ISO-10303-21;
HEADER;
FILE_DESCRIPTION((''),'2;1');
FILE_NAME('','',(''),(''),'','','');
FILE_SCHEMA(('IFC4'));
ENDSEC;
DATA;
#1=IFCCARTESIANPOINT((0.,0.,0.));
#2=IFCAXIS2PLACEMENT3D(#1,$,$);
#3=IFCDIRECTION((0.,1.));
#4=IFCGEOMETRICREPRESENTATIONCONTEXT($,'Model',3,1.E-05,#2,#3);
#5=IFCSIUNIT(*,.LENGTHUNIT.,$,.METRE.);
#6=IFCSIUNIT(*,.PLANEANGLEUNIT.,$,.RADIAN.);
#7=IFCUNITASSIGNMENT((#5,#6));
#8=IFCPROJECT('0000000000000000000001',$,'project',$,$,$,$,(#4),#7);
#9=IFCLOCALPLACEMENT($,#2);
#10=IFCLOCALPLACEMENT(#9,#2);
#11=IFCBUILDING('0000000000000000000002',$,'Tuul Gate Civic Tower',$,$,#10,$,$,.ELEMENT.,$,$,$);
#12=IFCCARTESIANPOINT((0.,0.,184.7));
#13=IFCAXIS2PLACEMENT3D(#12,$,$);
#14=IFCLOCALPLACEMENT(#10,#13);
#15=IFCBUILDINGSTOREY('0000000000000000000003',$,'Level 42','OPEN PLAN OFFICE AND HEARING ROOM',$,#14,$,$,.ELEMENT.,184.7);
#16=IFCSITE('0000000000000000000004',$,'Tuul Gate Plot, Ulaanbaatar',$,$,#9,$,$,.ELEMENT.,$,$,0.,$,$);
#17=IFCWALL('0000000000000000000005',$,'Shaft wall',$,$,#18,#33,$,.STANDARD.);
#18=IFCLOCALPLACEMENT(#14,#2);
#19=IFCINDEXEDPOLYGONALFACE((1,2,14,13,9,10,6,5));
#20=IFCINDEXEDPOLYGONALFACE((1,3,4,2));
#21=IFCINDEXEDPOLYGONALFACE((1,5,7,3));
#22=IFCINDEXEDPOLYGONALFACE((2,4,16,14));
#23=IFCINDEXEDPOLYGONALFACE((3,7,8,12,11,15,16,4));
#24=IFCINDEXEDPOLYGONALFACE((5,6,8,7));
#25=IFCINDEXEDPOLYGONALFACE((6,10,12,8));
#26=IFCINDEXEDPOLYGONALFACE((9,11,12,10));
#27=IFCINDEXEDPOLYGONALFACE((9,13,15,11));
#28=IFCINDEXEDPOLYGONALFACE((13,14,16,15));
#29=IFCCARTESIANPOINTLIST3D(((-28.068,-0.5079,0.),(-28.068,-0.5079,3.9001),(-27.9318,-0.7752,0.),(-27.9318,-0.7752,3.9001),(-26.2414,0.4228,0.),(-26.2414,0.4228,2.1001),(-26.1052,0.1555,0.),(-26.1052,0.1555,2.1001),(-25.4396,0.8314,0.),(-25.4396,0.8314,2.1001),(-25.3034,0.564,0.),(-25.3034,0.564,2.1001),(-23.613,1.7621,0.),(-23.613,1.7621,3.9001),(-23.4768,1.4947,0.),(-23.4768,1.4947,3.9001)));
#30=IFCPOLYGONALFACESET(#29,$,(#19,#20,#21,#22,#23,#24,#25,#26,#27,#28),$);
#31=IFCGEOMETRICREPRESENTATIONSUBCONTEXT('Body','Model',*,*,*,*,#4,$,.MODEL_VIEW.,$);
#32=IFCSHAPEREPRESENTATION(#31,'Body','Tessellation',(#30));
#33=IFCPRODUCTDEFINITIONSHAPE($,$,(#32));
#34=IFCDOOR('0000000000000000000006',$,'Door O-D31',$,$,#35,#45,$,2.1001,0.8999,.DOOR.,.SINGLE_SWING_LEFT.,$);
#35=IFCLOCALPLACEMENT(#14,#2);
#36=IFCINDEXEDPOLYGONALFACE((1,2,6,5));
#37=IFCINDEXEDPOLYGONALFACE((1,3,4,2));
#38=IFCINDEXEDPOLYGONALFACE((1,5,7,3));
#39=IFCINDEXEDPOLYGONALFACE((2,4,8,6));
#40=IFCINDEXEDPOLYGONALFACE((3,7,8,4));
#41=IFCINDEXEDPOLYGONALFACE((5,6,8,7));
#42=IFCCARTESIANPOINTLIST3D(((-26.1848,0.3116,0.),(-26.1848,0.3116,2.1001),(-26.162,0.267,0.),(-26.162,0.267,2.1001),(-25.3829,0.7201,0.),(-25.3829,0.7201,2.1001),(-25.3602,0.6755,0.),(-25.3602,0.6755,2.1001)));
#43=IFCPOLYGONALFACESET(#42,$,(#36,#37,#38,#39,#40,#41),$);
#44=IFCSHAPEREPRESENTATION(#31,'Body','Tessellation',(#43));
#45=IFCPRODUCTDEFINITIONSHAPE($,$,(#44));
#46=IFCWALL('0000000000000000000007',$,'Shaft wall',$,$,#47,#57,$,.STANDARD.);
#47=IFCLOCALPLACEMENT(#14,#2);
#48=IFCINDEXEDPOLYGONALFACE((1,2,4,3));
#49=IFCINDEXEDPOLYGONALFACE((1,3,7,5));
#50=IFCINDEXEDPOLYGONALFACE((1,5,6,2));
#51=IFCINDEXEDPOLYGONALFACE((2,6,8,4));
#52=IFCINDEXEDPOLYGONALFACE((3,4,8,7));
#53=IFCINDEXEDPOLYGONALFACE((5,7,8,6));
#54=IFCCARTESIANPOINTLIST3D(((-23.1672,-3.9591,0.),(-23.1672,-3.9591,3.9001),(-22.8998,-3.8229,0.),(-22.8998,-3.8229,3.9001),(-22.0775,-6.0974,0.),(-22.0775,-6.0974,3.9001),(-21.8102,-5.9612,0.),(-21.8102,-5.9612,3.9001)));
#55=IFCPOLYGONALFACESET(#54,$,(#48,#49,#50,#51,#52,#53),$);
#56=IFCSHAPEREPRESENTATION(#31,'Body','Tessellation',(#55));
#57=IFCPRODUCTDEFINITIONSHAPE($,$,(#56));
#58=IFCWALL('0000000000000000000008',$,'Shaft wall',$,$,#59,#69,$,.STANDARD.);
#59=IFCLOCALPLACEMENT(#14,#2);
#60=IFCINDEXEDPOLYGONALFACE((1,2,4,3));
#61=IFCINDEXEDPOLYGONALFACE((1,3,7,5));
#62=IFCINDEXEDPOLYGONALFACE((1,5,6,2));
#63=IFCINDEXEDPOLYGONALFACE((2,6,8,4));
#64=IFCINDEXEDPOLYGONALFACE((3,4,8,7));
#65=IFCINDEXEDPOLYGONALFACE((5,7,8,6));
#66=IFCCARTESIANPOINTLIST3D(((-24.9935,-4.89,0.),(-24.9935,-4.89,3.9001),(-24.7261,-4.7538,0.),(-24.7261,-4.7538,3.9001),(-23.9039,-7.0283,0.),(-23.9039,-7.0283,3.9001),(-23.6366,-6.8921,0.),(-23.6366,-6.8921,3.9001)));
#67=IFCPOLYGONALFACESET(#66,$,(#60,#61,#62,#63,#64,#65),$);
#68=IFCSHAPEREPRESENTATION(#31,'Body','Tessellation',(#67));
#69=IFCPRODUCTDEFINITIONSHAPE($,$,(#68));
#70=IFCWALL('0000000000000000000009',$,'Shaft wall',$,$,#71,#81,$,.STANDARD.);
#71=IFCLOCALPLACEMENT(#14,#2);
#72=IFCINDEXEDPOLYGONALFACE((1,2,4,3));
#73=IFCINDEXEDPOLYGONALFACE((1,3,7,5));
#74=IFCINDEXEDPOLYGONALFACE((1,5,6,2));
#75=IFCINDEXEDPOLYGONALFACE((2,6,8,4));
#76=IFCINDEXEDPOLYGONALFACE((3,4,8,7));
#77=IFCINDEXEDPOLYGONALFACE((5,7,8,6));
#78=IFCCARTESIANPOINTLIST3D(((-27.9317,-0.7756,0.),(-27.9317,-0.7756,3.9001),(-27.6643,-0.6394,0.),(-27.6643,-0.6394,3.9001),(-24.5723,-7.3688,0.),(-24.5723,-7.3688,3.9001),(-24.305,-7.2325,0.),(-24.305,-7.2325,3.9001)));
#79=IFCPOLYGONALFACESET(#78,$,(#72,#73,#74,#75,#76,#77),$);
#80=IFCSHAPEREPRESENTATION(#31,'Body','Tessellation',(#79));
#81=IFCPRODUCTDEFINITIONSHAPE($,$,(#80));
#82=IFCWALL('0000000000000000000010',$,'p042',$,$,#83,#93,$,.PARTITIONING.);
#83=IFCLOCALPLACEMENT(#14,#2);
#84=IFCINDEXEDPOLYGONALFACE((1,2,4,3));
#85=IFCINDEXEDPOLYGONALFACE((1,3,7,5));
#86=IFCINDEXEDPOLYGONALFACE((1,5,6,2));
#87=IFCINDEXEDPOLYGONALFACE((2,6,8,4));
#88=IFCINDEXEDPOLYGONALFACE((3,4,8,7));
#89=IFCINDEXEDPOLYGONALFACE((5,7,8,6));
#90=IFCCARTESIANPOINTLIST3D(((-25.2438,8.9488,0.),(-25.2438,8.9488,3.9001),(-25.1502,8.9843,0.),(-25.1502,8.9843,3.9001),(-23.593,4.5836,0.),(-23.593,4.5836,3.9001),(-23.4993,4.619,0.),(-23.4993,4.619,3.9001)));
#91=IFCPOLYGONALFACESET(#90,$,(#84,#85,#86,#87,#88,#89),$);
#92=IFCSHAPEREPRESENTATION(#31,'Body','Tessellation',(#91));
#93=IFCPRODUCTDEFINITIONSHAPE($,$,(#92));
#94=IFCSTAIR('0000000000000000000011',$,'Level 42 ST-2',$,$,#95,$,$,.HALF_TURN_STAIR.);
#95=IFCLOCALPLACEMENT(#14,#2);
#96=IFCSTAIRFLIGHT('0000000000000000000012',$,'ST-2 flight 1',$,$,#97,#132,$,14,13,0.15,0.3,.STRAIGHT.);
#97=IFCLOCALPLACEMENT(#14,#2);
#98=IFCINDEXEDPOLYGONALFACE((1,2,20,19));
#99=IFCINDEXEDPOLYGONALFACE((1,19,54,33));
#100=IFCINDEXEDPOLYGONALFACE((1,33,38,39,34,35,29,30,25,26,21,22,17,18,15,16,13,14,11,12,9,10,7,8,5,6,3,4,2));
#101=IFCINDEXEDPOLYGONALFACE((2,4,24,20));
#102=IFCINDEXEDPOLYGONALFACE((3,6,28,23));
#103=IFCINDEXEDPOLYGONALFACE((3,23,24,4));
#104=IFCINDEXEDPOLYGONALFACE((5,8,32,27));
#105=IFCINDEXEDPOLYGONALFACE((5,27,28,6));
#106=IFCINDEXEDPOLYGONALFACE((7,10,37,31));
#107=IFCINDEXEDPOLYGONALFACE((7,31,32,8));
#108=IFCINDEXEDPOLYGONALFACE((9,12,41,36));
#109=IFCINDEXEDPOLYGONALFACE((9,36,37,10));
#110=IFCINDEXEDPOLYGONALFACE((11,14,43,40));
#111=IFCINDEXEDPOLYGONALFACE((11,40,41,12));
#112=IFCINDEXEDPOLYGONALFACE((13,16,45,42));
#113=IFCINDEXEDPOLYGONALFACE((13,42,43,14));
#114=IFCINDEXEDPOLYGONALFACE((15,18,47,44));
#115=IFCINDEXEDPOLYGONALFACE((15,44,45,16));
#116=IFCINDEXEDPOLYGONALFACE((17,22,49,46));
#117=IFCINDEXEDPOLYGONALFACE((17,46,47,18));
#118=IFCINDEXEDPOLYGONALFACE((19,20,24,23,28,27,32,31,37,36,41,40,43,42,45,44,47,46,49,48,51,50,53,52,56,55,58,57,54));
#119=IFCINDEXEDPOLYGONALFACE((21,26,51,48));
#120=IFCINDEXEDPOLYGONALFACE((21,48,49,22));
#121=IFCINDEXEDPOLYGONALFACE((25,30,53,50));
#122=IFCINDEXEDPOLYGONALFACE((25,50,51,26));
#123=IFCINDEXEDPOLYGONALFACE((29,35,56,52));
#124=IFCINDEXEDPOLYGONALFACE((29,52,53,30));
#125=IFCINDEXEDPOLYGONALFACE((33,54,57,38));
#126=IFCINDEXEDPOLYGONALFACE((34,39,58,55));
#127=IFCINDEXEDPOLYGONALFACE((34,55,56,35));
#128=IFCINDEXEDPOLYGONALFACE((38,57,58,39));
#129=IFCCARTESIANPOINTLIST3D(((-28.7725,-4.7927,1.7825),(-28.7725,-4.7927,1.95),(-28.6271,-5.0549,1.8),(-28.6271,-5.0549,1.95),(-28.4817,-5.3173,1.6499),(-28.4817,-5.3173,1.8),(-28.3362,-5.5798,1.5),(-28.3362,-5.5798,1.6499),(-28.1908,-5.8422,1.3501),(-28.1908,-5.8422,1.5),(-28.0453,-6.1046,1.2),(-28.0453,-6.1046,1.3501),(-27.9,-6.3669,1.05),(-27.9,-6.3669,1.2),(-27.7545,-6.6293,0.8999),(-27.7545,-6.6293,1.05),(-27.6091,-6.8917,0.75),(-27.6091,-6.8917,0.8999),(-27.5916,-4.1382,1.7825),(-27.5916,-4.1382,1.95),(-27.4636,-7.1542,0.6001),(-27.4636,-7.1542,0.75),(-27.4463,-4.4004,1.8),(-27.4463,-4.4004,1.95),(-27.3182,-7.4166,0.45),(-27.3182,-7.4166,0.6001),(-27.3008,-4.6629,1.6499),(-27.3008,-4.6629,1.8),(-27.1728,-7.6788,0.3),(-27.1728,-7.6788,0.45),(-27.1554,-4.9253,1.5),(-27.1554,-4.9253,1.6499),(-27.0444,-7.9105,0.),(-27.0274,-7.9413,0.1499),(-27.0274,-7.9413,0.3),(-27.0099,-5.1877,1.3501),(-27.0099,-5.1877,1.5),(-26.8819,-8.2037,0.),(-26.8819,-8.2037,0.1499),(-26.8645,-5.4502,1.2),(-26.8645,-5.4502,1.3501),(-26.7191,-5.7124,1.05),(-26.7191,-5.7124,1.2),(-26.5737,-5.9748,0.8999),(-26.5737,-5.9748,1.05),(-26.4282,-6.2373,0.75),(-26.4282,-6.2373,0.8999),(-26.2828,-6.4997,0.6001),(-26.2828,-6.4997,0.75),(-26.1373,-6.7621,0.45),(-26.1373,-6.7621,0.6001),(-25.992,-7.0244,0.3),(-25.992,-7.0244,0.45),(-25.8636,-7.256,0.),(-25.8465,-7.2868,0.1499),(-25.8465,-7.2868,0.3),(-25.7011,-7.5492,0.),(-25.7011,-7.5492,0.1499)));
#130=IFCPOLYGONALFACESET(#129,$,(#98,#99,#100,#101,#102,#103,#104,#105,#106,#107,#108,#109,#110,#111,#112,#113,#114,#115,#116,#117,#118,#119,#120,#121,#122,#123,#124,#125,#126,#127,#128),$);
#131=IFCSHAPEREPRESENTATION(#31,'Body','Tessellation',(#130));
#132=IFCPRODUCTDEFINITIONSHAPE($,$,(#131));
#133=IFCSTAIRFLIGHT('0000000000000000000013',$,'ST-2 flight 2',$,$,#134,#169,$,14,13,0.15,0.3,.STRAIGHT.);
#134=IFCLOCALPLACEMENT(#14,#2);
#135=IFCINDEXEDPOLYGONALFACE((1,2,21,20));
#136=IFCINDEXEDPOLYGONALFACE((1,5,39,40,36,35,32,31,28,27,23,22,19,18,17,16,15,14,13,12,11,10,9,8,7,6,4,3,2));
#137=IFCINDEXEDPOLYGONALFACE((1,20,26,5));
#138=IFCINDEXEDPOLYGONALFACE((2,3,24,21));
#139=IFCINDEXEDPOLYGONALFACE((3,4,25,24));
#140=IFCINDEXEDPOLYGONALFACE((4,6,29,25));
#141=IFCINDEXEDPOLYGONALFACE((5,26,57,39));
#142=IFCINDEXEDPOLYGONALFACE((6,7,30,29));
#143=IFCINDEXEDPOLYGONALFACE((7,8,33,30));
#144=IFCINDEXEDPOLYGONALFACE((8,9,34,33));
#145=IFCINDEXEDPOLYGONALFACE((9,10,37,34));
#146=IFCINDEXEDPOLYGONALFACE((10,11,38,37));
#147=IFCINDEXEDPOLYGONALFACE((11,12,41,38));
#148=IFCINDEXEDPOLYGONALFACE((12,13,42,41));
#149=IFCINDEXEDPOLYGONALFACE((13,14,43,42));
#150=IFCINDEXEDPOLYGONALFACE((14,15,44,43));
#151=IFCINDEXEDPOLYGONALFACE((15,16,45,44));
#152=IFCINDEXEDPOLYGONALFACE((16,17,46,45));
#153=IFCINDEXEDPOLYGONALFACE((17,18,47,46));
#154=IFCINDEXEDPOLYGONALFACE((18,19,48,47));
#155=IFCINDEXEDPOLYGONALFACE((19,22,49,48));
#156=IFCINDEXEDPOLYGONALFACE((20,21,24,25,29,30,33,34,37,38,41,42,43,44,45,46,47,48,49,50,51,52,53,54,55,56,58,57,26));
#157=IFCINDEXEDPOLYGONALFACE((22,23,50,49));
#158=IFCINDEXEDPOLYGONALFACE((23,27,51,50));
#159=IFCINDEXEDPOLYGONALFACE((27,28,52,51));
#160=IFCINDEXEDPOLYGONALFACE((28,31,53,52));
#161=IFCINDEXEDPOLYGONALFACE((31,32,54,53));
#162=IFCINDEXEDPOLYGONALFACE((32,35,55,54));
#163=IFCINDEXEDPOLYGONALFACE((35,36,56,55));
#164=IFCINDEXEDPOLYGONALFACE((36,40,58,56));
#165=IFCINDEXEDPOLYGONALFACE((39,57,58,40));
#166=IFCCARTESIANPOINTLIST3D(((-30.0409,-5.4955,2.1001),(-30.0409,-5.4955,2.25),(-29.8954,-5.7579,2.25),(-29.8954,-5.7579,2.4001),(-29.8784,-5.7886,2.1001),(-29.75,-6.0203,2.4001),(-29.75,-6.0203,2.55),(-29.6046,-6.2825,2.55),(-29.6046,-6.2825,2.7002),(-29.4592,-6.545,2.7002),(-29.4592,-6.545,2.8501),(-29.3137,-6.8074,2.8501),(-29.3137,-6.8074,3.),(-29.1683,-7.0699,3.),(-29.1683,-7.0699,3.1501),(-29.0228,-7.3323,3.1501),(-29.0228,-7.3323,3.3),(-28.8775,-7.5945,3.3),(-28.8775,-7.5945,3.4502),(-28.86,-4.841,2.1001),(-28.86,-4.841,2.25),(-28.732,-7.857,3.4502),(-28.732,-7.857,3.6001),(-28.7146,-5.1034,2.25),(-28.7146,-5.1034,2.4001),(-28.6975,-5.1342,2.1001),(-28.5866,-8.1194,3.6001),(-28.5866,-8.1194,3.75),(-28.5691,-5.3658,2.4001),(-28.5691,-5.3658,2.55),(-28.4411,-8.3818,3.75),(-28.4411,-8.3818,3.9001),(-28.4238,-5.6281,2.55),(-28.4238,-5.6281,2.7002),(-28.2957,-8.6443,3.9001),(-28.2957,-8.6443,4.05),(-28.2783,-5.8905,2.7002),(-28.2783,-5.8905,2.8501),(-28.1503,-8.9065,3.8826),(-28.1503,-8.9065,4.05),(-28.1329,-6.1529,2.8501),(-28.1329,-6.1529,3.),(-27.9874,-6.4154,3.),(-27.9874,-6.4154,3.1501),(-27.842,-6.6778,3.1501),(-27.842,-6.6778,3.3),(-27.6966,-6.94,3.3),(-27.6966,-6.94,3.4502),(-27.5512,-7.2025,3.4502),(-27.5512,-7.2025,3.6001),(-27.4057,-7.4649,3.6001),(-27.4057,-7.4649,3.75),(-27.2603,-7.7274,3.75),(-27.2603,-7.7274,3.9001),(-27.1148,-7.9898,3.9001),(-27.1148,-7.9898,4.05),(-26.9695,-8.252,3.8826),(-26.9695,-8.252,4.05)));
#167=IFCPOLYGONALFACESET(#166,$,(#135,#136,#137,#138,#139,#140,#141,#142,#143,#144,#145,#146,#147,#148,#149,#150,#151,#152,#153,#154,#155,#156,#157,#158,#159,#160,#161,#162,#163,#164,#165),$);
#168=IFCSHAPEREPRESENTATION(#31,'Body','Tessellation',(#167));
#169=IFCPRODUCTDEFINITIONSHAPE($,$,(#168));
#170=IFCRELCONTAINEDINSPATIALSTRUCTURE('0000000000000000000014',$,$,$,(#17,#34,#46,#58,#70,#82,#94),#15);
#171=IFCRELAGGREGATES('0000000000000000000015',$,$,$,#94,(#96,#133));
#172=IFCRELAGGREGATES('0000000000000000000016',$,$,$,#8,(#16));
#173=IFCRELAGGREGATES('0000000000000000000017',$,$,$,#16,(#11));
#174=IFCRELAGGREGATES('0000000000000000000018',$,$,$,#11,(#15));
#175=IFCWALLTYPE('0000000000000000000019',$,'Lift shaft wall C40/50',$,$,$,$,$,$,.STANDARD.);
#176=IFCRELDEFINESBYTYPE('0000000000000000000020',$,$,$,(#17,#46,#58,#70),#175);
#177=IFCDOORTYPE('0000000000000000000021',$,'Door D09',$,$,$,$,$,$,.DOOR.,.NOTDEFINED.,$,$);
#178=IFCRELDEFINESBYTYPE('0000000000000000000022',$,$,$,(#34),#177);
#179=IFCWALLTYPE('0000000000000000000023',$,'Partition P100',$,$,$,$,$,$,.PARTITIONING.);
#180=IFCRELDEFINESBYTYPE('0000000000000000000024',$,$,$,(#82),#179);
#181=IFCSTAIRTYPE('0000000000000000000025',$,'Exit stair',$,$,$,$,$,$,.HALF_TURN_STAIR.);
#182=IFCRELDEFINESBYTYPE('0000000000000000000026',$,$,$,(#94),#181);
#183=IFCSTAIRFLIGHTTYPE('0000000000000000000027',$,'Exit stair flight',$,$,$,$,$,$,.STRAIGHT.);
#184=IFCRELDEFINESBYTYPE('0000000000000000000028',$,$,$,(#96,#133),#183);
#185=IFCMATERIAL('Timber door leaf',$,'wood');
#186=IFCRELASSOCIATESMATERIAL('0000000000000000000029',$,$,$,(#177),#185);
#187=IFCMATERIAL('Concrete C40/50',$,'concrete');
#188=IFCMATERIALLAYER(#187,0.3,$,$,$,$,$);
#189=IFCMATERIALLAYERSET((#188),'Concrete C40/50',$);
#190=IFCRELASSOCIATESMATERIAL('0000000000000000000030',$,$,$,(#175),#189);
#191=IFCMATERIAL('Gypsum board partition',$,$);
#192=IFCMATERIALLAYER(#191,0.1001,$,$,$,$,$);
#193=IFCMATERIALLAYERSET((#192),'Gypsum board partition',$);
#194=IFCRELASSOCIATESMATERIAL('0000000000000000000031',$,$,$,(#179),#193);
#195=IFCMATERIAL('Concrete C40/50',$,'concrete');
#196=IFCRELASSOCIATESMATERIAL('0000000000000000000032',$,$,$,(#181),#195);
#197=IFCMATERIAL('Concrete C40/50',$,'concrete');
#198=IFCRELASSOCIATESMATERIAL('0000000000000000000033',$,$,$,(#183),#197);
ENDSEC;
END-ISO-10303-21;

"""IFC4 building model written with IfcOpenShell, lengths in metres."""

from ifc_helpers import new_model, si_unit, direction, frame, frame_2d, origin, place, context, subcontext, project, spatial, polyline, rectangle, outline, extrude, material, layer, layer_set, type_object, element, fill, aggregate, save


model = new_model("IFC4")

# Units and contexts
model_context = context("Model", 3, precision=1e-05, world=origin(), true_north=direction((0.0, 1.0)))
body_context = subcontext(model_context, "Body", "Model", "MODEL_VIEW")
ifc_project = project(units=[si_unit("LENGTHUNIT", "METRE"), si_unit("PLANEANGLEUNIT", "RADIAN")], contexts=[model_context])

# Site, building, storey
site_placement = place(None, origin())
site = spatial("IfcSite", under=ifc_project, at=site_placement, Name="Tuul Gate Plot, Ulaanbaatar", CompositionType="ELEMENT", RefElevation=0.0)
building_placement = place(site_placement, origin())
building = spatial("IfcBuilding", under=site, at=building_placement, Name="Tuul Gate Civic Tower", CompositionType="ELEMENT")
storey_placement = place(building_placement, frame((0.0, 0.0, 184.7)))
storey = spatial("IfcBuildingStorey", under=building, at=storey_placement, Name="Level 42", Description="OPEN PLAN OFFICE AND HEARING ROOM", CompositionType="ELEMENT", Elevation=184.7)

# Shared definitions
ifc_material_1 = material(Name="Timber door leaf", Category="wood")
door_type_1 = type_object("IfcDoorType", Name="Door D09", OperationType="NOTDEFINED", PredefinedType="DOOR", material=ifc_material_1)

# Shared definitions
ifc_material_2 = material(Name="Concrete C40/50", Category="concrete")
ifc_layer_1 = layer(ifc_material_2, 0.3)
ifc_layer_set_1 = layer_set([ifc_layer_1], Name="Concrete C40/50")
wall_type_1 = type_object("IfcWallType", Name="Lift shaft wall C40/50", PredefinedType="STANDARD", material=ifc_layer_set_1)

# Wall, opening, door
wall_1_placement = place(storey_placement, frame((-23.5449, 1.6284, 0.0), z_axis=(0.0, 0.0, 1.0), x_axis=(-0.891003, -0.453997, 0.0)))
wall_1 = element("IfcWall", 1, at=wall_1_placement, inside=storey, type_object=wall_type_1, Name="Shaft wall", PredefinedType="STANDARD", context=body_context, shape_type="SweptSolid", body=[
    extrude(rectangle(XDim=5.0, YDim=0.3, at=frame_2d((2.5, 0.0))), origin(), (0.0, 0.0, 1.0), 3.9001),
])
opening_1_placement = place(wall_1_placement, frame((2.05, 0.0, 0.0)))
opening_1 = element("IfcOpeningElement", 2, at=opening_1_placement, cuts=wall_1, PredefinedType="OPENING", context=body_context, shape_type="SweptSolid", body=[
    extrude(rectangle(XDim=0.8999, YDim=2.1001, at=frame_2d((0.45, 1.05))), frame((0.0, 0.1602, 0.0), z_axis=(0.0, -1.0, 0.0), x_axis=(1.0, 0.0, 0.0)), (0.0, 0.0, 1.0), 0.3201),
])
door_1_placement = place(opening_1_placement, origin())
door_1 = element("IfcDoor", 3, at=door_1_placement, inside=storey, type_object=door_type_1, Name="Door O-D31", OperationType="SINGLE_SWING_LEFT", OverallHeight=2.1001, OverallWidth=0.8999, PredefinedType="DOOR", context=body_context, shape_type="SweptSolid", body=[
    extrude(rectangle(XDim=0.8999, YDim=2.1001, at=frame_2d((0.45, 1.05))), frame((0.0, 0.0249, 0.0), z_axis=(0.0, -1.0, 0.0), x_axis=(1.0, 0.0, 0.0)), (0.0, 0.0, 1.0), 0.05),
])
fill(opening_1, door_1)

# Walls
for number, where, z_axis, x_axis, name in (
    (4, (-21.9438, -6.0293, 0.0), (0.0, 0.0, 1.0), (-0.454037, 0.890983, 0.0), "Shaft wall"),
    (5, (-23.7703, -6.9602, 0.0), (0.0, 0.0, 1.0), (-0.453996, 0.891004, 0.0), "Shaft wall"),
):
    element("IfcWall", number, at=place(storey_placement, frame(where, z_axis=z_axis, x_axis=x_axis)), inside=storey, type_object=wall_type_1, Name=name, PredefinedType="STANDARD", context=body_context, shape_type="SweptSolid", body=[
        extrude(rectangle(XDim=2.3999, YDim=0.3, at=frame_2d((1.2, 0.0))), origin(), (0.0, 0.0, 1.0), 3.9001),
    ])
wall_2_placement = place(storey_placement, frame((-24.4387, -7.3005, 0.0), z_axis=(0.0, 0.0, 1.0), x_axis=(-0.453984, 0.89101, 0.0)))
element("IfcWall", 6, at=wall_2_placement, inside=storey, type_object=wall_type_1, Name="Shaft wall", PredefinedType="STANDARD", context=body_context, shape_type="SweptSolid", body=[
    extrude(rectangle(XDim=7.3997, YDim=0.3, at=frame_2d((3.6997, 0.0))), origin(), (0.0, 0.0, 1.0), 3.9001),
])
ifc_material_3 = material(Name="Gypsum board partition")
ifc_layer_2 = layer(ifc_material_3, 0.1001)
ifc_layer_set_2 = layer_set([ifc_layer_2], Name="Gypsum board partition")
wall_type_2 = type_object("IfcWallType", Name="Partition P100", PredefinedType="PARTITIONING", material=ifc_layer_set_2)
wall_3_placement = place(storey_placement, frame((-25.197, 8.9666, 0.0), z_axis=(0.0, 0.0, 1.0), x_axis=(0.353736, -0.935345, 0.0)))
element("IfcWall", 7, at=wall_3_placement, inside=storey, type_object=wall_type_2, Name="p042", PredefinedType="PARTITIONING", context=body_context, shape_type="SweptSolid", body=[
    extrude(rectangle(XDim=4.667, YDim=0.1001, at=frame_2d((2.3335, 0.0))), origin(), (0.0, 0.0, 1.0), 3.9001),
])

# Stair, stair flights
ifc_material_4 = material(Name="Concrete C40/50", Category="concrete")
stair_type = type_object("IfcStairType", Name="Exit stair", PredefinedType="HALF_TURN_STAIR", material=ifc_material_4)
stair_placement = place(storey_placement, origin())
stair = element("IfcStair", 8, at=stair_placement, inside=storey, type_object=stair_type, Name="Level 42 ST-2", PredefinedType="HALF_TURN_STAIR")
ifc_material_5 = material(Name="Concrete C40/50", Category="concrete")
stair_flight_type = type_object("IfcStairFlightType", Name="Exit stair flight", PredefinedType="STRAIGHT", material=ifc_material_5)
stair_flight_1_placement = place(storey_placement, frame((-26.2915, -7.8765, 0.0), z_axis=(0.0, 0.0, 1.0), x_axis=(-0.484762, 0.874646, 0.0)))
stair_flight_1 = element("IfcStairFlight", 9, at=stair_flight_1_placement, type_object=stair_flight_type, Name="ST-2 flight 1", NumberOfRisers=14, NumberOfTreads=13, PredefinedType="STRAIGHT", RiserHeight=0.15, TreadLength=0.3, context=body_context, shape_type="SweptSolid", body=[
    extrude(outline(polyline([(0.0, 0.0), (0.0, 0.1499), (0.3, 0.1499), (0.3, 0.3), (0.6001, 0.3), (0.6001, 0.45), (0.8999, 0.45), (0.8999, 0.6001), (1.2, 0.6001), (1.2, 0.75), (1.5, 0.75), (1.5, 0.8999), (1.8, 0.8999), (1.8, 1.05), (2.1001, 1.05), (2.1001, 1.2), (2.3999, 1.2), (2.3999, 1.3501), (2.7, 1.3501), (2.7, 1.5), (3.0, 1.5), (3.0, 1.6499), (3.3, 1.6499), (3.3, 1.8), (3.6001, 1.8), (3.6001, 1.95), (3.8999, 1.95), (3.8999, 2.1001), (3.8999, 1.7825), (0.3352, 0.0), (0.0, 0.0)])), frame((0.0, 0.675, 0.0), z_axis=(0.0, -1.0, 0.0), x_axis=(1.0, 0.0, 0.0)), (0.0, 0.0, 1.0), 1.3501),
])
stair_flight_2_placement = place(storey_placement, frame((-29.4504, -5.1682, 2.1001), z_axis=(0.0, 0.0, 1.0), x_axis=(0.484762, -0.874646, 0.0)))
stair_flight_2 = element("IfcStairFlight", 10, at=stair_flight_2_placement, type_object=stair_flight_type, Name="ST-2 flight 2", NumberOfRisers=14, NumberOfTreads=13, PredefinedType="STRAIGHT", RiserHeight=0.15, TreadLength=0.3, context=body_context, shape_type="SweptSolid", body=[
    extrude(outline(polyline([(0.0, 0.0), (0.0, 0.1499), (0.3, 0.1499), (0.3, 0.3), (0.6001, 0.3), (0.6001, 0.45), (0.8999, 0.45), (0.8999, 0.6001), (1.2, 0.6001), (1.2, 0.75), (1.5, 0.75), (1.5, 0.8999), (1.8, 0.8999), (1.8, 1.05), (2.1001, 1.05), (2.1001, 1.2), (2.3999, 1.2), (2.3999, 1.3501), (2.7, 1.3501), (2.7, 1.5), (3.0, 1.5), (3.0, 1.6499), (3.3, 1.6499), (3.3, 1.8), (3.6001, 1.8), (3.6001, 1.95), (3.8999, 1.95), (3.8999, 2.1001), (3.8999, 1.7825), (0.3352, 0.0), (0.0, 0.0)])), frame((0.0, 0.675, 0.0), z_axis=(0.0, -1.0, 0.0), x_axis=(1.0, 0.0, 0.0)), (0.0, 0.0, 1.0), 1.3501),
])
aggregate(stair, [stair_flight_1, stair_flight_2])

save(model, "model.ifc")
